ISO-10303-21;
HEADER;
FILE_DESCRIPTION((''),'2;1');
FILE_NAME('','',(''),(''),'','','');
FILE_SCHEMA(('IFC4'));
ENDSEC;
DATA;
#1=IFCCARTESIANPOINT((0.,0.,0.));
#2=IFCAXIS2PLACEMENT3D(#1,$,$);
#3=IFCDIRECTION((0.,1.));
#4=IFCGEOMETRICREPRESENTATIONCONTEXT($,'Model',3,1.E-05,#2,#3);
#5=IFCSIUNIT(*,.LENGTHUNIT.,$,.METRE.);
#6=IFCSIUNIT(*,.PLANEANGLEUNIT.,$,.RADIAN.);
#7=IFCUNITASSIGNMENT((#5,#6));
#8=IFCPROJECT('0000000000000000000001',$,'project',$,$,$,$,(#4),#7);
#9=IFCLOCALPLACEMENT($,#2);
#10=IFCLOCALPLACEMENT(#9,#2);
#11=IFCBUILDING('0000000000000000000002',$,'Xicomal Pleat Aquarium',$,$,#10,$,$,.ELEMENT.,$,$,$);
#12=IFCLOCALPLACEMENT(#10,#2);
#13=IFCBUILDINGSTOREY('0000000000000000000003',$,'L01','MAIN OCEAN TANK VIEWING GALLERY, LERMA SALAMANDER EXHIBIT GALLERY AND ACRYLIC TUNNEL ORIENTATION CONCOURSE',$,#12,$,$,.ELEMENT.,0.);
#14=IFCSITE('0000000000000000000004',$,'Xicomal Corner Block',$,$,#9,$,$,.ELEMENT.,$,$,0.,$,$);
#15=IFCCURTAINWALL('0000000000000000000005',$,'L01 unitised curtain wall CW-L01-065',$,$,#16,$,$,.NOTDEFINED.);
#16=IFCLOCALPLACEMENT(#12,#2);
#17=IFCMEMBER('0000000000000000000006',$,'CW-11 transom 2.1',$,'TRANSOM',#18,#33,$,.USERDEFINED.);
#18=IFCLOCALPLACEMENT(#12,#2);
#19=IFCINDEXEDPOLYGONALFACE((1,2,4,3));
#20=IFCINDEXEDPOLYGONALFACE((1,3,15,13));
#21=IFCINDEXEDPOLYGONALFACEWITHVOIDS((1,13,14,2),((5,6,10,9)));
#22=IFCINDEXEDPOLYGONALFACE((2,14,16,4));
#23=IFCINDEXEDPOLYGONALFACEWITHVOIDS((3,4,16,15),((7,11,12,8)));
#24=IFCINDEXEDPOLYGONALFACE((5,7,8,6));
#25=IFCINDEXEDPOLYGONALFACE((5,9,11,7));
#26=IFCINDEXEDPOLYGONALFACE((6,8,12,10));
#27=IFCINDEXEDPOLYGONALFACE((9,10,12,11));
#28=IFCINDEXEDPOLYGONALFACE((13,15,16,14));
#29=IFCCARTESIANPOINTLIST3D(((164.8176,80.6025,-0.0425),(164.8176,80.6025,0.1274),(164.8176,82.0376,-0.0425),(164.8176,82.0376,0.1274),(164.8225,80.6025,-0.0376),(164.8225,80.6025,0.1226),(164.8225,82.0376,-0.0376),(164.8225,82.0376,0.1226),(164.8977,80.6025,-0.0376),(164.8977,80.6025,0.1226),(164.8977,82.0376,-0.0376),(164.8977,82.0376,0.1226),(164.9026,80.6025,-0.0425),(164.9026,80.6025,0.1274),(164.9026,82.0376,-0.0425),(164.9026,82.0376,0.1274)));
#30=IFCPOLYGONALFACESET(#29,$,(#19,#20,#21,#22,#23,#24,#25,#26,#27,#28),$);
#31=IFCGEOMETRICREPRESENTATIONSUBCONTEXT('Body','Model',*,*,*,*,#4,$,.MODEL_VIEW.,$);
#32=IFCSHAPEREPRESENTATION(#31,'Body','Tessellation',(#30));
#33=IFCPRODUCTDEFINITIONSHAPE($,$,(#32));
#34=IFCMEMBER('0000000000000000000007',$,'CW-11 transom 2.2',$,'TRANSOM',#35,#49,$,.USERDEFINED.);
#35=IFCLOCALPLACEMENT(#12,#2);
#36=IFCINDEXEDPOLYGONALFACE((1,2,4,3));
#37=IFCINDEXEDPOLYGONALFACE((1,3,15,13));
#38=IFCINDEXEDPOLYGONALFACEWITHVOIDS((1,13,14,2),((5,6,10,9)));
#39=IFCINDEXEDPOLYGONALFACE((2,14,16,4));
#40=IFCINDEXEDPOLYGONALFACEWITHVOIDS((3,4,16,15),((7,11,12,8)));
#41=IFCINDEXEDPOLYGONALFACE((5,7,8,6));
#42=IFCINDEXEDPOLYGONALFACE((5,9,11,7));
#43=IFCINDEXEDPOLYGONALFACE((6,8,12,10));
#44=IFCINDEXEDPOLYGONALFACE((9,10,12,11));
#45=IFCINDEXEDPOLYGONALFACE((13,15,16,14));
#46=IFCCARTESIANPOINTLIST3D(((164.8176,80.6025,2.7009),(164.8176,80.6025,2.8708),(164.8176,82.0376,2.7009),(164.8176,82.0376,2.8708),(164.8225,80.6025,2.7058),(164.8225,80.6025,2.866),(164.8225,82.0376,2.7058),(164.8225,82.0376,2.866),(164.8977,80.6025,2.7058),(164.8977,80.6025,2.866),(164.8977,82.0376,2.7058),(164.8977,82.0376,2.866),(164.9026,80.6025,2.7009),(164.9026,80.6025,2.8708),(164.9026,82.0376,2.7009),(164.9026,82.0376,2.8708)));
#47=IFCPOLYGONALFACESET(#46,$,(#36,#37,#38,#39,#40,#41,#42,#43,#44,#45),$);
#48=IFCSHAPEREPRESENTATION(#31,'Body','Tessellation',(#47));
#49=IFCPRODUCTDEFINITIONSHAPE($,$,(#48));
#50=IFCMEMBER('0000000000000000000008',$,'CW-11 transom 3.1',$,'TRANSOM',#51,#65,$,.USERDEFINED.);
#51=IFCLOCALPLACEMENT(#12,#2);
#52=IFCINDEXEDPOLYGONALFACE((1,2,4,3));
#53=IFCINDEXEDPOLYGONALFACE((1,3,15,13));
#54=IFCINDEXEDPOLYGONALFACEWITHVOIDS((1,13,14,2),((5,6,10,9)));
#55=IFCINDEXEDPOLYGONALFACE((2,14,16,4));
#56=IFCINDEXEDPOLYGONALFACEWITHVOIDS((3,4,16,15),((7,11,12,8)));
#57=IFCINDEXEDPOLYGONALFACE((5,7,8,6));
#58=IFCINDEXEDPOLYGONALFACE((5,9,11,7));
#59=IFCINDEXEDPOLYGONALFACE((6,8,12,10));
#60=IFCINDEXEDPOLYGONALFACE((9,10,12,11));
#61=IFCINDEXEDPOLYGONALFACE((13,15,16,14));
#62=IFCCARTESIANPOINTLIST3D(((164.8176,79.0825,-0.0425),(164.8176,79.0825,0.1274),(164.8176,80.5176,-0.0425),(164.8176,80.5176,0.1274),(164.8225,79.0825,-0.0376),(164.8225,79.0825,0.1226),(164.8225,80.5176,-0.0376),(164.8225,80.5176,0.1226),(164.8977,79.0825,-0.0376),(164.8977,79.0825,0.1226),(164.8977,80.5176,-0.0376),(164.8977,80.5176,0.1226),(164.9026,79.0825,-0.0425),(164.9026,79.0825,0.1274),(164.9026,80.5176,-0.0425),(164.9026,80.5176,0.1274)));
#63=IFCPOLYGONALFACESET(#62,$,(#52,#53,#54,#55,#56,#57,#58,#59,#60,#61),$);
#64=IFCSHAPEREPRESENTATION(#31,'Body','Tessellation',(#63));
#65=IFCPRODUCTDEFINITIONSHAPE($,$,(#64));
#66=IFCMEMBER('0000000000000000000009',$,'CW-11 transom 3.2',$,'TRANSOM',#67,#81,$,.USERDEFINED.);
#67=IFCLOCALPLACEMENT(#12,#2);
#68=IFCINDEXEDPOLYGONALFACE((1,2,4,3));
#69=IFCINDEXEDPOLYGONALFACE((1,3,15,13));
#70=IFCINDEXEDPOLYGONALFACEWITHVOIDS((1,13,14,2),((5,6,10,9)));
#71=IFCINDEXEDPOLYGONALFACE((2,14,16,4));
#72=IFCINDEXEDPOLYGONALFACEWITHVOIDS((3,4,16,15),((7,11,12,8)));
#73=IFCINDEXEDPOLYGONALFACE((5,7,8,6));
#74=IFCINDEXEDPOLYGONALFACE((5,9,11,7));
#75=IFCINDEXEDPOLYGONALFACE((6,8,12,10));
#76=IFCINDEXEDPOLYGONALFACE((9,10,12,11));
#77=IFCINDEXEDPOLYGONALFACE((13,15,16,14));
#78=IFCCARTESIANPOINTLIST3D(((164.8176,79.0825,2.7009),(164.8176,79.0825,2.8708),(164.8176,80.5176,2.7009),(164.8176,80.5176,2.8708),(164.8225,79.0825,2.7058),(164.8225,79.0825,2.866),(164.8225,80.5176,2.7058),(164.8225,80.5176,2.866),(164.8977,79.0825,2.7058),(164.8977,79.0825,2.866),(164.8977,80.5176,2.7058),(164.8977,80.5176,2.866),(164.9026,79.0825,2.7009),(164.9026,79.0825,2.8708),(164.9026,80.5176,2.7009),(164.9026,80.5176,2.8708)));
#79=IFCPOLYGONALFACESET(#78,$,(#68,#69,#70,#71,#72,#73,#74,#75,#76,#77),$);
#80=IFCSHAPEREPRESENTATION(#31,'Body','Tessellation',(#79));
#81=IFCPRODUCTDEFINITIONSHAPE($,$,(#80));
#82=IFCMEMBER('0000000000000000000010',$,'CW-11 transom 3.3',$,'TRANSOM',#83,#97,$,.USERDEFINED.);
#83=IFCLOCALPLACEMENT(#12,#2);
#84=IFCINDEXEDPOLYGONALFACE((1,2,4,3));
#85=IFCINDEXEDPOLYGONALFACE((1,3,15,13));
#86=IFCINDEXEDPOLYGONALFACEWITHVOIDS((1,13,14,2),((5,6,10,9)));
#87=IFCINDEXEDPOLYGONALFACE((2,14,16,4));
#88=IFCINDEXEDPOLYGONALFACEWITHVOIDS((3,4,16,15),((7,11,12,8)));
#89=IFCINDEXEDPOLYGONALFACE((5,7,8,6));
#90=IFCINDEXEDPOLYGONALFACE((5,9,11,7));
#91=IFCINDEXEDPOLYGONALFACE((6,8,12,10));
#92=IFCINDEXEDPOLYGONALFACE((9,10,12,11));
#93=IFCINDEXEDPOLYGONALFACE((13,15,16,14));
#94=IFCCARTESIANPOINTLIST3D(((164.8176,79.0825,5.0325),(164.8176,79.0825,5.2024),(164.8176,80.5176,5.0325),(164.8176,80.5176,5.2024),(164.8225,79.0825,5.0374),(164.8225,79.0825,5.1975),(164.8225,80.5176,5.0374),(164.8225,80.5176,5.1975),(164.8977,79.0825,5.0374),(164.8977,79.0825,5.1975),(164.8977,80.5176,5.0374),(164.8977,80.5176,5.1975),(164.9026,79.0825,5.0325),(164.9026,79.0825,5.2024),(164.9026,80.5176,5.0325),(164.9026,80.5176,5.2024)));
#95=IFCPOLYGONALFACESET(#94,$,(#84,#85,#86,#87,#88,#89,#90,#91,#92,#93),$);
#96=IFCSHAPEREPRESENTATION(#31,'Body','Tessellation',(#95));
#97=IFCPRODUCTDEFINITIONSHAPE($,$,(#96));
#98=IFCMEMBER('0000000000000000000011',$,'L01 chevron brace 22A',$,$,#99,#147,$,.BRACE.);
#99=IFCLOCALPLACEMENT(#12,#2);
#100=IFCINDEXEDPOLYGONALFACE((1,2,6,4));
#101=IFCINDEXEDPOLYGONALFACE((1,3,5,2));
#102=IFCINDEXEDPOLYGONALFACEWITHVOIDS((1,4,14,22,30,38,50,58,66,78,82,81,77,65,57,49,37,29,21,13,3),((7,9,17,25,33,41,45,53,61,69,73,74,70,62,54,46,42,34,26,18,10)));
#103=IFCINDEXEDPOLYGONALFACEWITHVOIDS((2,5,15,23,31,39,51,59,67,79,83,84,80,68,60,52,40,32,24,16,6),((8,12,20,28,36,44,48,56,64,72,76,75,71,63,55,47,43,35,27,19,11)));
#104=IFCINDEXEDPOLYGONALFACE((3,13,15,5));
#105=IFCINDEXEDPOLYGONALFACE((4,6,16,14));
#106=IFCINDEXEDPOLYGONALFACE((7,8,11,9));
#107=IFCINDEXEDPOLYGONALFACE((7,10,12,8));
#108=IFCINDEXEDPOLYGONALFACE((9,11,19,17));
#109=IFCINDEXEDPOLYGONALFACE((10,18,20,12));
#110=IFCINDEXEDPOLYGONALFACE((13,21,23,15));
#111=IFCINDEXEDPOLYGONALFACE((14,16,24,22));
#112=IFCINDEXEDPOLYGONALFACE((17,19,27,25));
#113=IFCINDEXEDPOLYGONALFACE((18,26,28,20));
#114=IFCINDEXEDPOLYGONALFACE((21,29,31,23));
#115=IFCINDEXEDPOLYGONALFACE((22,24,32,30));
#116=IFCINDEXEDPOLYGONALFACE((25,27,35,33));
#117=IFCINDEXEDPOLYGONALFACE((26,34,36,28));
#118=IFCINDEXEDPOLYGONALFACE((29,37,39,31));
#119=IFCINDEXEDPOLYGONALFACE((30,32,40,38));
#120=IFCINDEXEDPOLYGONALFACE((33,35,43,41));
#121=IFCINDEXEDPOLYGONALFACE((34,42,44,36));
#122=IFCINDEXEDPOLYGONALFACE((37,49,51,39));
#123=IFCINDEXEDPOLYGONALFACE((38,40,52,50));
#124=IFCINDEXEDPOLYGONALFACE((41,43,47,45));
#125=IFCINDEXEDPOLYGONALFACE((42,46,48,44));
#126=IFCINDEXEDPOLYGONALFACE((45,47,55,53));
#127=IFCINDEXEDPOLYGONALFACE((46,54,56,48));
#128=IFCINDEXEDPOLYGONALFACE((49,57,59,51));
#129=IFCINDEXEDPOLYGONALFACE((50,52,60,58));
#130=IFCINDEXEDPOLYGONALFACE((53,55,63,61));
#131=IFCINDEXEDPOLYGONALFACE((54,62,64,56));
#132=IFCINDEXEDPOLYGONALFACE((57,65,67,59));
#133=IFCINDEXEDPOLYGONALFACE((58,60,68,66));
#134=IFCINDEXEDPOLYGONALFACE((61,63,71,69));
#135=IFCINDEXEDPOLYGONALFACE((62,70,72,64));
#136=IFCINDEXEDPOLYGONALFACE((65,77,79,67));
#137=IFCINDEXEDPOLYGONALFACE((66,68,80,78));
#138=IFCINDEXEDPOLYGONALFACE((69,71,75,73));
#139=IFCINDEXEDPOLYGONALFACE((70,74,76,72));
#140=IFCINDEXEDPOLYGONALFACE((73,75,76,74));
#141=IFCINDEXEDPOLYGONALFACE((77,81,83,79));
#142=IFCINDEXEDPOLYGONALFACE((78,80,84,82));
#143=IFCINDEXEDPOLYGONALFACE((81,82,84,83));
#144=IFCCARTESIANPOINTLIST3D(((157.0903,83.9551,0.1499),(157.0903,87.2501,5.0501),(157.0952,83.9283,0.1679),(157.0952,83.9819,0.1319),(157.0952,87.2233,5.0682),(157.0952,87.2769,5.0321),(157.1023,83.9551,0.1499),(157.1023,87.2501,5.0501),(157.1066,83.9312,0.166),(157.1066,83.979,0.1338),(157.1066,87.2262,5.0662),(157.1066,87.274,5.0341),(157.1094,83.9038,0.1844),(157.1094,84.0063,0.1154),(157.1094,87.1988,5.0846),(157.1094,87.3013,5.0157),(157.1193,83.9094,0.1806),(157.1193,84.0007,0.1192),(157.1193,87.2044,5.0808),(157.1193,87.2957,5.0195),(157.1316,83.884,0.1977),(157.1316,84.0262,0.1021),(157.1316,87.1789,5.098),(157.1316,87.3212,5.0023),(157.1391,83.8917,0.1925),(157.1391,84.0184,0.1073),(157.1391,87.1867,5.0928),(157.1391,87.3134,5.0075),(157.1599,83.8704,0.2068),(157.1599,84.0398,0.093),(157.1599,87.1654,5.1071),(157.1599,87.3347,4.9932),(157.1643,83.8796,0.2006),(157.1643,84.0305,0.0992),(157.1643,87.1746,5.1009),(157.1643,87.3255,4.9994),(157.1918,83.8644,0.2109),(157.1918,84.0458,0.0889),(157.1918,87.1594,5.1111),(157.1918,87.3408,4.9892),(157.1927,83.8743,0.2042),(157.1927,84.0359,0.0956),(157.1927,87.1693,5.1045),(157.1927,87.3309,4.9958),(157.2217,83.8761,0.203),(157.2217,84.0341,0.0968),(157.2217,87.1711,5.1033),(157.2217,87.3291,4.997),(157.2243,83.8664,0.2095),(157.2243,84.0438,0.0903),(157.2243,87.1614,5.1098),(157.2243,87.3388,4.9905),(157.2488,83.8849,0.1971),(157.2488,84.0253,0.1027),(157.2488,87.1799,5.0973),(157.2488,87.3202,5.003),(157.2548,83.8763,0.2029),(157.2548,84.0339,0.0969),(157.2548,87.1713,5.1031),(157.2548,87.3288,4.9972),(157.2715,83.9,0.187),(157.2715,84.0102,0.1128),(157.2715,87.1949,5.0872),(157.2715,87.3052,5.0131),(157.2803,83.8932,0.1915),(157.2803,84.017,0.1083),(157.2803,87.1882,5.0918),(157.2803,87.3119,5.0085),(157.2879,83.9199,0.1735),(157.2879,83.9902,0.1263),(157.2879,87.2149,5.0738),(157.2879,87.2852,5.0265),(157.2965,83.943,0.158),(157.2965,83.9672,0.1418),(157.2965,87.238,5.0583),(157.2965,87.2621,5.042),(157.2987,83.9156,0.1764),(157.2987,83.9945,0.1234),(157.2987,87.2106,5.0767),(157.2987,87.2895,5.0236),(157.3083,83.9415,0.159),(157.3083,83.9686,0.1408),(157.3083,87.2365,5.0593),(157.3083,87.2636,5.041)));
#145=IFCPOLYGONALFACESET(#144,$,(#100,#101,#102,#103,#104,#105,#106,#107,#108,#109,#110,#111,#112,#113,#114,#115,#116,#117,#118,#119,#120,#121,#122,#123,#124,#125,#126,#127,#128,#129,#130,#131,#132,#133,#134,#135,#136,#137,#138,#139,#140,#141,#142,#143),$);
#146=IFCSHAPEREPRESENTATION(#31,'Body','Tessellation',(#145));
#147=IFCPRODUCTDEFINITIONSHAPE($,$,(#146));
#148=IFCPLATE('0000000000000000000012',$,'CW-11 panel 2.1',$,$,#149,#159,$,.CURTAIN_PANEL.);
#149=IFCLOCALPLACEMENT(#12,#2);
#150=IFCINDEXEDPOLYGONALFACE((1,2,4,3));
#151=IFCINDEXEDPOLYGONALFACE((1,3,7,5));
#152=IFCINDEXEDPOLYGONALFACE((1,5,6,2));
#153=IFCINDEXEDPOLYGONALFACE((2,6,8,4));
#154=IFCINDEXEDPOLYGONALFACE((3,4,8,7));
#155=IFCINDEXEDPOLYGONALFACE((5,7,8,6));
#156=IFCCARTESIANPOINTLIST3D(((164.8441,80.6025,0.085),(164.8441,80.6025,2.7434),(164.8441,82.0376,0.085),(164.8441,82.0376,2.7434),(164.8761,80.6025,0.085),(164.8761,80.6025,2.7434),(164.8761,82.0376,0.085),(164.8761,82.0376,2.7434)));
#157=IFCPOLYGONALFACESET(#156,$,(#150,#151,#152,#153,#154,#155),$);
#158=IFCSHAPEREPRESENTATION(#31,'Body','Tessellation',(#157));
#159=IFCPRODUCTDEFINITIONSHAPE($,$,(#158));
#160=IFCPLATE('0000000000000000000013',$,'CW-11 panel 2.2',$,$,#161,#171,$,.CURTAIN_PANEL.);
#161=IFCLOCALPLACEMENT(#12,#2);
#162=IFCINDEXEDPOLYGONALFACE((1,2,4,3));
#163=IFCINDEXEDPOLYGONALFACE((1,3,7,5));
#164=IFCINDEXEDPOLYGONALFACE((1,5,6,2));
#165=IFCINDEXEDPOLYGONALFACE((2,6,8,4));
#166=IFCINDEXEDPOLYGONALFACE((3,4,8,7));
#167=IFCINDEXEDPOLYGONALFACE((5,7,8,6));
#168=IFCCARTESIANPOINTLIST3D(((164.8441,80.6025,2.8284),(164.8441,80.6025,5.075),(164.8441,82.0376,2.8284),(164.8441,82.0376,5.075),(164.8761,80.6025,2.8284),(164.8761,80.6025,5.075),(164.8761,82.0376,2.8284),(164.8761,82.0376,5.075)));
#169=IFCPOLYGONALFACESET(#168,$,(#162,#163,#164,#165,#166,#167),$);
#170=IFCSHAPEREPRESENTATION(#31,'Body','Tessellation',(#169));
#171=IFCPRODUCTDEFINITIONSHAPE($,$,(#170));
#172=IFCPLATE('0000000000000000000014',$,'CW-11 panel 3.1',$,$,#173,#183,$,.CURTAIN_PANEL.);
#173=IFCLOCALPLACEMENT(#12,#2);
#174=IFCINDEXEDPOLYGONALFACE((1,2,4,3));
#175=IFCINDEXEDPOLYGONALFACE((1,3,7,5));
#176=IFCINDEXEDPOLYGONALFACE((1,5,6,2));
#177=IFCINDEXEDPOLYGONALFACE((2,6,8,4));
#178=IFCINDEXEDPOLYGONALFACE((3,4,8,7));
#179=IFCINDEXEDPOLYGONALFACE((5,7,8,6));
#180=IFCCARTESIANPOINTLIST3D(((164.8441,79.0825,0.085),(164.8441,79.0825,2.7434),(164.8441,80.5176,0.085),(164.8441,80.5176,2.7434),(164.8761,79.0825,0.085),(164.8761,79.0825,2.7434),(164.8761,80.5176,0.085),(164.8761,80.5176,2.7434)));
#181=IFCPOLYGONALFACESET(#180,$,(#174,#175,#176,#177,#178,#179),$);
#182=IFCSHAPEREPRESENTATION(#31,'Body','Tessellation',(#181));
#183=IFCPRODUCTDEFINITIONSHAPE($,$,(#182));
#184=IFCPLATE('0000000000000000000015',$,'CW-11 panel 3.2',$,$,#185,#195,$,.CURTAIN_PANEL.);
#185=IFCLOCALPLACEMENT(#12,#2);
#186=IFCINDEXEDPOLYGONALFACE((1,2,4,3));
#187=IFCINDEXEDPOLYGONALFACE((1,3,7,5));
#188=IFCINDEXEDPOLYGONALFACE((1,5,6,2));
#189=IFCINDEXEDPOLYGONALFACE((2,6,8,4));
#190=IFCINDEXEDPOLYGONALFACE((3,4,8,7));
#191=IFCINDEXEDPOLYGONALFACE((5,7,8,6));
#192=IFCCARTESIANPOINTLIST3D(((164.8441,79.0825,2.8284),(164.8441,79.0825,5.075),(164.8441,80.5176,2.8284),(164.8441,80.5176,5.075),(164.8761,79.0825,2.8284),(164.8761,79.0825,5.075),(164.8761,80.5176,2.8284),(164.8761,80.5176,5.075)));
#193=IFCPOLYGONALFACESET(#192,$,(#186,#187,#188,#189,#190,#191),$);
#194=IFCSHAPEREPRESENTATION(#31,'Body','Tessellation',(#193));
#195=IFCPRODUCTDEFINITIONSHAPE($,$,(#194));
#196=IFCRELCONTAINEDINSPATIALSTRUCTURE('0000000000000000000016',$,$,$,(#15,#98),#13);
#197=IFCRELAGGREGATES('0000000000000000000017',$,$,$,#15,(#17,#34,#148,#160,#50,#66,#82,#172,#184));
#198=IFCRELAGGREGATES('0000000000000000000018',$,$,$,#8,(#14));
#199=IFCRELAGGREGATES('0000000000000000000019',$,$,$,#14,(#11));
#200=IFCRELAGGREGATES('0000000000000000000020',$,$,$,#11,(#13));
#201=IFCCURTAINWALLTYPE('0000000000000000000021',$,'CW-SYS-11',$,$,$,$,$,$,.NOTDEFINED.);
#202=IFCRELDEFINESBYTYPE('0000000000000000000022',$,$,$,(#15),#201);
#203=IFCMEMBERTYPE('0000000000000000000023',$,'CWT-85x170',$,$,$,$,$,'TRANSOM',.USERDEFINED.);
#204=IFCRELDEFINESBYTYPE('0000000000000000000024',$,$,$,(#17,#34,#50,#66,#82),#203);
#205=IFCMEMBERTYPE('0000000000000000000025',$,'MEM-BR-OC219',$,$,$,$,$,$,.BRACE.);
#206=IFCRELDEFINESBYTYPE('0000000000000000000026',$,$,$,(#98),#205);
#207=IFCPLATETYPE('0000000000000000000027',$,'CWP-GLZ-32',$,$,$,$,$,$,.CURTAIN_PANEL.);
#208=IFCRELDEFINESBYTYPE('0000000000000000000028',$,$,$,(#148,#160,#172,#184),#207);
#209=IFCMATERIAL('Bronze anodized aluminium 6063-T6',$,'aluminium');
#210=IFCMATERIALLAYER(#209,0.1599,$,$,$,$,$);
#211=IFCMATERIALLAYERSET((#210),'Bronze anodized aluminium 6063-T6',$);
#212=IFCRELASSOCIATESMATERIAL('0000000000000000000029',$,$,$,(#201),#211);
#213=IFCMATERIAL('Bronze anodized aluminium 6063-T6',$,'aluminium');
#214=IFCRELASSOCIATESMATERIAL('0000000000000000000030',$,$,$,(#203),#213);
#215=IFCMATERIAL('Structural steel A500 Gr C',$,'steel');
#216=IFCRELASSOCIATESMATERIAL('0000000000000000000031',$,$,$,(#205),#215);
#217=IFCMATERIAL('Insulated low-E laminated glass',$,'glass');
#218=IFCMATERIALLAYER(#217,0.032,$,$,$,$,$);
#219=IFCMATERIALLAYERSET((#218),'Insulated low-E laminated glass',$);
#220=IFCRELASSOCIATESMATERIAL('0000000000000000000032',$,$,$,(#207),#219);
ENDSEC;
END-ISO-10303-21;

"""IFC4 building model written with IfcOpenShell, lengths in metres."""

from ifc_helpers import new_model, si_unit, direction, frame, origin, origin_2d, place, context, subcontext, project, spatial, rectangle, hollow_rectangle, hollow_circle, extrude, material, layer, layer_set, material_profile, profile_set, type_object, element, aggregate, save


model = new_model("IFC4")

# Units and contexts
model_context = context("Model", 3, precision=1e-05, world=origin(), true_north=direction((0.0, 1.0)))
body_context = subcontext(model_context, "Body", "Model", "MODEL_VIEW")
ifc_project = project(units=[si_unit("LENGTHUNIT", "METRE"), si_unit("PLANEANGLEUNIT", "RADIAN")], contexts=[model_context])

# Site, building, storey
site_placement = place(None, origin())
site = spatial("IfcSite", under=ifc_project, at=site_placement, Name="Xicomal Corner Block", CompositionType="ELEMENT", RefElevation=0.0)
building_placement = place(site_placement, origin())
building = spatial("IfcBuilding", under=site, at=building_placement, Name="Xicomal Pleat Aquarium", CompositionType="ELEMENT")
storey_placement = place(building_placement, origin())
storey = spatial("IfcBuildingStorey", under=building, at=storey_placement, Name="L01", Description="MAIN OCEAN TANK VIEWING GALLERY, LERMA SALAMANDER EXHIBIT GALLERY AND ACRYLIC TUNNEL ORIENTATION CONCOURSE", CompositionType="ELEMENT", Elevation=0.0)

# Curtain wall, members
ifc_material_1 = material(Name="Bronze anodized aluminium 6063-T6", Category="aluminium")
ifc_layer_1 = layer(ifc_material_1, 0.1599)
ifc_layer_set_1 = layer_set([ifc_layer_1], Name="Bronze anodized aluminium 6063-T6")
curtain_wall_type = type_object("IfcCurtainWallType", Name="CW-SYS-11", PredefinedType="NOTDEFINED", material=ifc_layer_set_1)
curtain_wall_placement = place(storey_placement, origin())
curtain_wall = element("IfcCurtainWall", 1, at=curtain_wall_placement, inside=storey, type_object=curtain_wall_type, Name="L01 unitised curtain wall CW-L01-065", PredefinedType="NOTDEFINED")
ifc_material_2 = material(Name="Bronze anodized aluminium 6063-T6", Category="aluminium")
ifc_material_profile_1 = material_profile(ifc_material_2, hollow_rectangle(XDim=0.085, YDim=0.1699, WallThickness=0.0049, at=origin_2d()), Name="ALU TRAN 85x170")
ifc_profile_set_1 = profile_set([ifc_material_profile_1], Name="Bronze anodized aluminium 6063-T6")
member_type_1 = type_object("IfcMemberType", Name="CWT-85x170", ElementType="TRANSOM", PredefinedType="USERDEFINED", material=ifc_profile_set_1)
member_1_placement = place(storey_placement, frame((164.8601, 82.0376, 0.0425), z_axis=(0.0, -1.0, 0.0), x_axis=(1.0, 0.0, 0.0)))
member_1 = element("IfcMember", 2, at=member_1_placement, type_object=member_type_1, Name="CW-11 transom 2.1", ObjectType="TRANSOM", PredefinedType="USERDEFINED", context=body_context, shape_type="SweptSolid", body=[
    extrude(hollow_rectangle(XDim=0.085, YDim=0.1699, WallThickness=0.0049, at=origin_2d()), origin(), (0.0, 0.0, 1.0), 1.4351),
])
member_2_placement = place(storey_placement, frame((164.8601, 82.0376, 2.7859), z_axis=(0.0, -1.0, 0.0), x_axis=(1.0, 0.0, 0.0)))
member_2 = element("IfcMember", 3, at=member_2_placement, type_object=member_type_1, Name="CW-11 transom 2.2", ObjectType="TRANSOM", PredefinedType="USERDEFINED", context=body_context, shape_type="SweptSolid", body=[
    extrude(hollow_rectangle(XDim=0.085, YDim=0.1699, WallThickness=0.0049, at=origin_2d()), origin(), (0.0, 0.0, 1.0), 1.4351),
])
member_3_placement = place(storey_placement, frame((164.8601, 80.5176, 0.0425), z_axis=(0.0, -1.0, 0.0), x_axis=(1.0, 0.0, 0.0)))
member_3 = element("IfcMember", 4, at=member_3_placement, type_object=member_type_1, Name="CW-11 transom 3.1", ObjectType="TRANSOM", PredefinedType="USERDEFINED", context=body_context, shape_type="SweptSolid", body=[
    extrude(hollow_rectangle(XDim=0.085, YDim=0.1699, WallThickness=0.0049, at=origin_2d()), origin(), (0.0, 0.0, 1.0), 1.4351),
])
member_4_placement = place(storey_placement, frame((164.8601, 80.5176, 2.7859), z_axis=(0.0, -1.0, 0.0), x_axis=(1.0, 0.0, 0.0)))
member_4 = element("IfcMember", 5, at=member_4_placement, type_object=member_type_1, Name="CW-11 transom 3.2", ObjectType="TRANSOM", PredefinedType="USERDEFINED", context=body_context, shape_type="SweptSolid", body=[
    extrude(hollow_rectangle(XDim=0.085, YDim=0.1699, WallThickness=0.0049, at=origin_2d()), origin(), (0.0, 0.0, 1.0), 1.4351),
])
member_5_placement = place(storey_placement, frame((164.8601, 80.5176, 5.1174), z_axis=(0.0, -1.0, 0.0), x_axis=(1.0, 0.0, 0.0)))
member_5 = element("IfcMember", 6, at=member_5_placement, type_object=member_type_1, Name="CW-11 transom 3.3", ObjectType="TRANSOM", PredefinedType="USERDEFINED", context=body_context, shape_type="SweptSolid", body=[
    extrude(hollow_rectangle(XDim=0.085, YDim=0.1699, WallThickness=0.0049, at=origin_2d()), origin(), (0.0, 0.0, 1.0), 1.4351),
])

# Member
ifc_material_3 = material(Name="Structural steel A500 Gr C", Category="steel")
ifc_material_profile_2 = material_profile(ifc_material_3, hollow_circle(Radius=0.1096, WallThickness=0.012, at=origin_2d()), Name="OC 219x12")
ifc_profile_set_2 = profile_set([ifc_material_profile_2], Name="Structural steel A500 Gr C")
member_type_2 = type_object("IfcMemberType", Name="MEM-BR-OC219", PredefinedType="BRACE", material=ifc_profile_set_2)
member_6_placement = place(storey_placement, frame((157.2, 83.9551, 0.1499), z_axis=(0.0, 0.557997, 0.829843), x_axis=(-1.0, 0.0, 0.0)))
element("IfcMember", 7, at=member_6_placement, inside=storey, type_object=member_type_2, Name="L01 chevron brace 22A", PredefinedType="BRACE", context=body_context, shape_type="SweptSolid", body=[
    extrude(hollow_circle(Radius=0.1096, WallThickness=0.012, at=origin_2d()), origin(), (0.0, 0.0, 1.0), 5.905),
])

# Plates
ifc_material_4 = material(Name="Insulated low-E laminated glass", Category="glass")
ifc_layer_2 = layer(ifc_material_4, 0.032)
ifc_layer_set_2 = layer_set([ifc_layer_2], Name="Insulated low-E laminated glass")
plate_type_1 = type_object("IfcPlateType", Name="CWP-GLZ-32", PredefinedType="CURTAIN_PANEL", material=ifc_layer_set_2)
plate_1_placement = place(storey_placement, frame((164.8601, 81.3201, 0.085), z_axis=(0.0, 0.0, 1.0), x_axis=(0.0, -1.0, 0.0)))
plate_1 = element("IfcPlate", 8, at=plate_1_placement, type_object=plate_type_1, Name="CW-11 panel 2.1", PredefinedType="CURTAIN_PANEL", context=body_context, shape_type="SweptSolid", body=[
    extrude(rectangle(XDim=1.4351, YDim=0.032, at=origin_2d()), origin(), (0.0, 0.0, 1.0), 2.6584),
])
plate_2_placement = place(storey_placement, frame((164.8601, 81.3201, 2.8284), z_axis=(0.0, 0.0, 1.0), x_axis=(0.0, -1.0, 0.0)))
plate_2 = element("IfcPlate", 9, at=plate_2_placement, type_object=plate_type_1, Name="CW-11 panel 2.2", PredefinedType="CURTAIN_PANEL", context=body_context, shape_type="SweptSolid", body=[
    extrude(rectangle(XDim=1.4351, YDim=0.032, at=origin_2d()), origin(), (0.0, 0.0, 1.0), 2.2466),
])
plate_3_placement = place(storey_placement, frame((164.8601, 79.8, 0.085), z_axis=(0.0, 0.0, 1.0), x_axis=(0.0, -1.0, 0.0)))
plate_3 = element("IfcPlate", 10, at=plate_3_placement, type_object=plate_type_1, Name="CW-11 panel 3.1", PredefinedType="CURTAIN_PANEL", context=body_context, shape_type="SweptSolid", body=[
    extrude(rectangle(XDim=1.4351, YDim=0.032, at=origin_2d()), origin(), (0.0, 0.0, 1.0), 2.6584),
])
plate_4_placement = place(storey_placement, frame((164.8601, 79.8, 2.8284), z_axis=(0.0, 0.0, 1.0), x_axis=(0.0, -1.0, 0.0)))
plate_4 = element("IfcPlate", 11, at=plate_4_placement, type_object=plate_type_1, Name="CW-11 panel 3.2", PredefinedType="CURTAIN_PANEL", context=body_context, shape_type="SweptSolid", body=[
    extrude(rectangle(XDim=1.4351, YDim=0.032, at=origin_2d()), origin(), (0.0, 0.0, 1.0), 2.2466),
])
aggregate(curtain_wall, [member_1, member_2, plate_1, plate_2, member_3, member_4, member_5, plate_3, plate_4])

save(model, "model.ifc")
